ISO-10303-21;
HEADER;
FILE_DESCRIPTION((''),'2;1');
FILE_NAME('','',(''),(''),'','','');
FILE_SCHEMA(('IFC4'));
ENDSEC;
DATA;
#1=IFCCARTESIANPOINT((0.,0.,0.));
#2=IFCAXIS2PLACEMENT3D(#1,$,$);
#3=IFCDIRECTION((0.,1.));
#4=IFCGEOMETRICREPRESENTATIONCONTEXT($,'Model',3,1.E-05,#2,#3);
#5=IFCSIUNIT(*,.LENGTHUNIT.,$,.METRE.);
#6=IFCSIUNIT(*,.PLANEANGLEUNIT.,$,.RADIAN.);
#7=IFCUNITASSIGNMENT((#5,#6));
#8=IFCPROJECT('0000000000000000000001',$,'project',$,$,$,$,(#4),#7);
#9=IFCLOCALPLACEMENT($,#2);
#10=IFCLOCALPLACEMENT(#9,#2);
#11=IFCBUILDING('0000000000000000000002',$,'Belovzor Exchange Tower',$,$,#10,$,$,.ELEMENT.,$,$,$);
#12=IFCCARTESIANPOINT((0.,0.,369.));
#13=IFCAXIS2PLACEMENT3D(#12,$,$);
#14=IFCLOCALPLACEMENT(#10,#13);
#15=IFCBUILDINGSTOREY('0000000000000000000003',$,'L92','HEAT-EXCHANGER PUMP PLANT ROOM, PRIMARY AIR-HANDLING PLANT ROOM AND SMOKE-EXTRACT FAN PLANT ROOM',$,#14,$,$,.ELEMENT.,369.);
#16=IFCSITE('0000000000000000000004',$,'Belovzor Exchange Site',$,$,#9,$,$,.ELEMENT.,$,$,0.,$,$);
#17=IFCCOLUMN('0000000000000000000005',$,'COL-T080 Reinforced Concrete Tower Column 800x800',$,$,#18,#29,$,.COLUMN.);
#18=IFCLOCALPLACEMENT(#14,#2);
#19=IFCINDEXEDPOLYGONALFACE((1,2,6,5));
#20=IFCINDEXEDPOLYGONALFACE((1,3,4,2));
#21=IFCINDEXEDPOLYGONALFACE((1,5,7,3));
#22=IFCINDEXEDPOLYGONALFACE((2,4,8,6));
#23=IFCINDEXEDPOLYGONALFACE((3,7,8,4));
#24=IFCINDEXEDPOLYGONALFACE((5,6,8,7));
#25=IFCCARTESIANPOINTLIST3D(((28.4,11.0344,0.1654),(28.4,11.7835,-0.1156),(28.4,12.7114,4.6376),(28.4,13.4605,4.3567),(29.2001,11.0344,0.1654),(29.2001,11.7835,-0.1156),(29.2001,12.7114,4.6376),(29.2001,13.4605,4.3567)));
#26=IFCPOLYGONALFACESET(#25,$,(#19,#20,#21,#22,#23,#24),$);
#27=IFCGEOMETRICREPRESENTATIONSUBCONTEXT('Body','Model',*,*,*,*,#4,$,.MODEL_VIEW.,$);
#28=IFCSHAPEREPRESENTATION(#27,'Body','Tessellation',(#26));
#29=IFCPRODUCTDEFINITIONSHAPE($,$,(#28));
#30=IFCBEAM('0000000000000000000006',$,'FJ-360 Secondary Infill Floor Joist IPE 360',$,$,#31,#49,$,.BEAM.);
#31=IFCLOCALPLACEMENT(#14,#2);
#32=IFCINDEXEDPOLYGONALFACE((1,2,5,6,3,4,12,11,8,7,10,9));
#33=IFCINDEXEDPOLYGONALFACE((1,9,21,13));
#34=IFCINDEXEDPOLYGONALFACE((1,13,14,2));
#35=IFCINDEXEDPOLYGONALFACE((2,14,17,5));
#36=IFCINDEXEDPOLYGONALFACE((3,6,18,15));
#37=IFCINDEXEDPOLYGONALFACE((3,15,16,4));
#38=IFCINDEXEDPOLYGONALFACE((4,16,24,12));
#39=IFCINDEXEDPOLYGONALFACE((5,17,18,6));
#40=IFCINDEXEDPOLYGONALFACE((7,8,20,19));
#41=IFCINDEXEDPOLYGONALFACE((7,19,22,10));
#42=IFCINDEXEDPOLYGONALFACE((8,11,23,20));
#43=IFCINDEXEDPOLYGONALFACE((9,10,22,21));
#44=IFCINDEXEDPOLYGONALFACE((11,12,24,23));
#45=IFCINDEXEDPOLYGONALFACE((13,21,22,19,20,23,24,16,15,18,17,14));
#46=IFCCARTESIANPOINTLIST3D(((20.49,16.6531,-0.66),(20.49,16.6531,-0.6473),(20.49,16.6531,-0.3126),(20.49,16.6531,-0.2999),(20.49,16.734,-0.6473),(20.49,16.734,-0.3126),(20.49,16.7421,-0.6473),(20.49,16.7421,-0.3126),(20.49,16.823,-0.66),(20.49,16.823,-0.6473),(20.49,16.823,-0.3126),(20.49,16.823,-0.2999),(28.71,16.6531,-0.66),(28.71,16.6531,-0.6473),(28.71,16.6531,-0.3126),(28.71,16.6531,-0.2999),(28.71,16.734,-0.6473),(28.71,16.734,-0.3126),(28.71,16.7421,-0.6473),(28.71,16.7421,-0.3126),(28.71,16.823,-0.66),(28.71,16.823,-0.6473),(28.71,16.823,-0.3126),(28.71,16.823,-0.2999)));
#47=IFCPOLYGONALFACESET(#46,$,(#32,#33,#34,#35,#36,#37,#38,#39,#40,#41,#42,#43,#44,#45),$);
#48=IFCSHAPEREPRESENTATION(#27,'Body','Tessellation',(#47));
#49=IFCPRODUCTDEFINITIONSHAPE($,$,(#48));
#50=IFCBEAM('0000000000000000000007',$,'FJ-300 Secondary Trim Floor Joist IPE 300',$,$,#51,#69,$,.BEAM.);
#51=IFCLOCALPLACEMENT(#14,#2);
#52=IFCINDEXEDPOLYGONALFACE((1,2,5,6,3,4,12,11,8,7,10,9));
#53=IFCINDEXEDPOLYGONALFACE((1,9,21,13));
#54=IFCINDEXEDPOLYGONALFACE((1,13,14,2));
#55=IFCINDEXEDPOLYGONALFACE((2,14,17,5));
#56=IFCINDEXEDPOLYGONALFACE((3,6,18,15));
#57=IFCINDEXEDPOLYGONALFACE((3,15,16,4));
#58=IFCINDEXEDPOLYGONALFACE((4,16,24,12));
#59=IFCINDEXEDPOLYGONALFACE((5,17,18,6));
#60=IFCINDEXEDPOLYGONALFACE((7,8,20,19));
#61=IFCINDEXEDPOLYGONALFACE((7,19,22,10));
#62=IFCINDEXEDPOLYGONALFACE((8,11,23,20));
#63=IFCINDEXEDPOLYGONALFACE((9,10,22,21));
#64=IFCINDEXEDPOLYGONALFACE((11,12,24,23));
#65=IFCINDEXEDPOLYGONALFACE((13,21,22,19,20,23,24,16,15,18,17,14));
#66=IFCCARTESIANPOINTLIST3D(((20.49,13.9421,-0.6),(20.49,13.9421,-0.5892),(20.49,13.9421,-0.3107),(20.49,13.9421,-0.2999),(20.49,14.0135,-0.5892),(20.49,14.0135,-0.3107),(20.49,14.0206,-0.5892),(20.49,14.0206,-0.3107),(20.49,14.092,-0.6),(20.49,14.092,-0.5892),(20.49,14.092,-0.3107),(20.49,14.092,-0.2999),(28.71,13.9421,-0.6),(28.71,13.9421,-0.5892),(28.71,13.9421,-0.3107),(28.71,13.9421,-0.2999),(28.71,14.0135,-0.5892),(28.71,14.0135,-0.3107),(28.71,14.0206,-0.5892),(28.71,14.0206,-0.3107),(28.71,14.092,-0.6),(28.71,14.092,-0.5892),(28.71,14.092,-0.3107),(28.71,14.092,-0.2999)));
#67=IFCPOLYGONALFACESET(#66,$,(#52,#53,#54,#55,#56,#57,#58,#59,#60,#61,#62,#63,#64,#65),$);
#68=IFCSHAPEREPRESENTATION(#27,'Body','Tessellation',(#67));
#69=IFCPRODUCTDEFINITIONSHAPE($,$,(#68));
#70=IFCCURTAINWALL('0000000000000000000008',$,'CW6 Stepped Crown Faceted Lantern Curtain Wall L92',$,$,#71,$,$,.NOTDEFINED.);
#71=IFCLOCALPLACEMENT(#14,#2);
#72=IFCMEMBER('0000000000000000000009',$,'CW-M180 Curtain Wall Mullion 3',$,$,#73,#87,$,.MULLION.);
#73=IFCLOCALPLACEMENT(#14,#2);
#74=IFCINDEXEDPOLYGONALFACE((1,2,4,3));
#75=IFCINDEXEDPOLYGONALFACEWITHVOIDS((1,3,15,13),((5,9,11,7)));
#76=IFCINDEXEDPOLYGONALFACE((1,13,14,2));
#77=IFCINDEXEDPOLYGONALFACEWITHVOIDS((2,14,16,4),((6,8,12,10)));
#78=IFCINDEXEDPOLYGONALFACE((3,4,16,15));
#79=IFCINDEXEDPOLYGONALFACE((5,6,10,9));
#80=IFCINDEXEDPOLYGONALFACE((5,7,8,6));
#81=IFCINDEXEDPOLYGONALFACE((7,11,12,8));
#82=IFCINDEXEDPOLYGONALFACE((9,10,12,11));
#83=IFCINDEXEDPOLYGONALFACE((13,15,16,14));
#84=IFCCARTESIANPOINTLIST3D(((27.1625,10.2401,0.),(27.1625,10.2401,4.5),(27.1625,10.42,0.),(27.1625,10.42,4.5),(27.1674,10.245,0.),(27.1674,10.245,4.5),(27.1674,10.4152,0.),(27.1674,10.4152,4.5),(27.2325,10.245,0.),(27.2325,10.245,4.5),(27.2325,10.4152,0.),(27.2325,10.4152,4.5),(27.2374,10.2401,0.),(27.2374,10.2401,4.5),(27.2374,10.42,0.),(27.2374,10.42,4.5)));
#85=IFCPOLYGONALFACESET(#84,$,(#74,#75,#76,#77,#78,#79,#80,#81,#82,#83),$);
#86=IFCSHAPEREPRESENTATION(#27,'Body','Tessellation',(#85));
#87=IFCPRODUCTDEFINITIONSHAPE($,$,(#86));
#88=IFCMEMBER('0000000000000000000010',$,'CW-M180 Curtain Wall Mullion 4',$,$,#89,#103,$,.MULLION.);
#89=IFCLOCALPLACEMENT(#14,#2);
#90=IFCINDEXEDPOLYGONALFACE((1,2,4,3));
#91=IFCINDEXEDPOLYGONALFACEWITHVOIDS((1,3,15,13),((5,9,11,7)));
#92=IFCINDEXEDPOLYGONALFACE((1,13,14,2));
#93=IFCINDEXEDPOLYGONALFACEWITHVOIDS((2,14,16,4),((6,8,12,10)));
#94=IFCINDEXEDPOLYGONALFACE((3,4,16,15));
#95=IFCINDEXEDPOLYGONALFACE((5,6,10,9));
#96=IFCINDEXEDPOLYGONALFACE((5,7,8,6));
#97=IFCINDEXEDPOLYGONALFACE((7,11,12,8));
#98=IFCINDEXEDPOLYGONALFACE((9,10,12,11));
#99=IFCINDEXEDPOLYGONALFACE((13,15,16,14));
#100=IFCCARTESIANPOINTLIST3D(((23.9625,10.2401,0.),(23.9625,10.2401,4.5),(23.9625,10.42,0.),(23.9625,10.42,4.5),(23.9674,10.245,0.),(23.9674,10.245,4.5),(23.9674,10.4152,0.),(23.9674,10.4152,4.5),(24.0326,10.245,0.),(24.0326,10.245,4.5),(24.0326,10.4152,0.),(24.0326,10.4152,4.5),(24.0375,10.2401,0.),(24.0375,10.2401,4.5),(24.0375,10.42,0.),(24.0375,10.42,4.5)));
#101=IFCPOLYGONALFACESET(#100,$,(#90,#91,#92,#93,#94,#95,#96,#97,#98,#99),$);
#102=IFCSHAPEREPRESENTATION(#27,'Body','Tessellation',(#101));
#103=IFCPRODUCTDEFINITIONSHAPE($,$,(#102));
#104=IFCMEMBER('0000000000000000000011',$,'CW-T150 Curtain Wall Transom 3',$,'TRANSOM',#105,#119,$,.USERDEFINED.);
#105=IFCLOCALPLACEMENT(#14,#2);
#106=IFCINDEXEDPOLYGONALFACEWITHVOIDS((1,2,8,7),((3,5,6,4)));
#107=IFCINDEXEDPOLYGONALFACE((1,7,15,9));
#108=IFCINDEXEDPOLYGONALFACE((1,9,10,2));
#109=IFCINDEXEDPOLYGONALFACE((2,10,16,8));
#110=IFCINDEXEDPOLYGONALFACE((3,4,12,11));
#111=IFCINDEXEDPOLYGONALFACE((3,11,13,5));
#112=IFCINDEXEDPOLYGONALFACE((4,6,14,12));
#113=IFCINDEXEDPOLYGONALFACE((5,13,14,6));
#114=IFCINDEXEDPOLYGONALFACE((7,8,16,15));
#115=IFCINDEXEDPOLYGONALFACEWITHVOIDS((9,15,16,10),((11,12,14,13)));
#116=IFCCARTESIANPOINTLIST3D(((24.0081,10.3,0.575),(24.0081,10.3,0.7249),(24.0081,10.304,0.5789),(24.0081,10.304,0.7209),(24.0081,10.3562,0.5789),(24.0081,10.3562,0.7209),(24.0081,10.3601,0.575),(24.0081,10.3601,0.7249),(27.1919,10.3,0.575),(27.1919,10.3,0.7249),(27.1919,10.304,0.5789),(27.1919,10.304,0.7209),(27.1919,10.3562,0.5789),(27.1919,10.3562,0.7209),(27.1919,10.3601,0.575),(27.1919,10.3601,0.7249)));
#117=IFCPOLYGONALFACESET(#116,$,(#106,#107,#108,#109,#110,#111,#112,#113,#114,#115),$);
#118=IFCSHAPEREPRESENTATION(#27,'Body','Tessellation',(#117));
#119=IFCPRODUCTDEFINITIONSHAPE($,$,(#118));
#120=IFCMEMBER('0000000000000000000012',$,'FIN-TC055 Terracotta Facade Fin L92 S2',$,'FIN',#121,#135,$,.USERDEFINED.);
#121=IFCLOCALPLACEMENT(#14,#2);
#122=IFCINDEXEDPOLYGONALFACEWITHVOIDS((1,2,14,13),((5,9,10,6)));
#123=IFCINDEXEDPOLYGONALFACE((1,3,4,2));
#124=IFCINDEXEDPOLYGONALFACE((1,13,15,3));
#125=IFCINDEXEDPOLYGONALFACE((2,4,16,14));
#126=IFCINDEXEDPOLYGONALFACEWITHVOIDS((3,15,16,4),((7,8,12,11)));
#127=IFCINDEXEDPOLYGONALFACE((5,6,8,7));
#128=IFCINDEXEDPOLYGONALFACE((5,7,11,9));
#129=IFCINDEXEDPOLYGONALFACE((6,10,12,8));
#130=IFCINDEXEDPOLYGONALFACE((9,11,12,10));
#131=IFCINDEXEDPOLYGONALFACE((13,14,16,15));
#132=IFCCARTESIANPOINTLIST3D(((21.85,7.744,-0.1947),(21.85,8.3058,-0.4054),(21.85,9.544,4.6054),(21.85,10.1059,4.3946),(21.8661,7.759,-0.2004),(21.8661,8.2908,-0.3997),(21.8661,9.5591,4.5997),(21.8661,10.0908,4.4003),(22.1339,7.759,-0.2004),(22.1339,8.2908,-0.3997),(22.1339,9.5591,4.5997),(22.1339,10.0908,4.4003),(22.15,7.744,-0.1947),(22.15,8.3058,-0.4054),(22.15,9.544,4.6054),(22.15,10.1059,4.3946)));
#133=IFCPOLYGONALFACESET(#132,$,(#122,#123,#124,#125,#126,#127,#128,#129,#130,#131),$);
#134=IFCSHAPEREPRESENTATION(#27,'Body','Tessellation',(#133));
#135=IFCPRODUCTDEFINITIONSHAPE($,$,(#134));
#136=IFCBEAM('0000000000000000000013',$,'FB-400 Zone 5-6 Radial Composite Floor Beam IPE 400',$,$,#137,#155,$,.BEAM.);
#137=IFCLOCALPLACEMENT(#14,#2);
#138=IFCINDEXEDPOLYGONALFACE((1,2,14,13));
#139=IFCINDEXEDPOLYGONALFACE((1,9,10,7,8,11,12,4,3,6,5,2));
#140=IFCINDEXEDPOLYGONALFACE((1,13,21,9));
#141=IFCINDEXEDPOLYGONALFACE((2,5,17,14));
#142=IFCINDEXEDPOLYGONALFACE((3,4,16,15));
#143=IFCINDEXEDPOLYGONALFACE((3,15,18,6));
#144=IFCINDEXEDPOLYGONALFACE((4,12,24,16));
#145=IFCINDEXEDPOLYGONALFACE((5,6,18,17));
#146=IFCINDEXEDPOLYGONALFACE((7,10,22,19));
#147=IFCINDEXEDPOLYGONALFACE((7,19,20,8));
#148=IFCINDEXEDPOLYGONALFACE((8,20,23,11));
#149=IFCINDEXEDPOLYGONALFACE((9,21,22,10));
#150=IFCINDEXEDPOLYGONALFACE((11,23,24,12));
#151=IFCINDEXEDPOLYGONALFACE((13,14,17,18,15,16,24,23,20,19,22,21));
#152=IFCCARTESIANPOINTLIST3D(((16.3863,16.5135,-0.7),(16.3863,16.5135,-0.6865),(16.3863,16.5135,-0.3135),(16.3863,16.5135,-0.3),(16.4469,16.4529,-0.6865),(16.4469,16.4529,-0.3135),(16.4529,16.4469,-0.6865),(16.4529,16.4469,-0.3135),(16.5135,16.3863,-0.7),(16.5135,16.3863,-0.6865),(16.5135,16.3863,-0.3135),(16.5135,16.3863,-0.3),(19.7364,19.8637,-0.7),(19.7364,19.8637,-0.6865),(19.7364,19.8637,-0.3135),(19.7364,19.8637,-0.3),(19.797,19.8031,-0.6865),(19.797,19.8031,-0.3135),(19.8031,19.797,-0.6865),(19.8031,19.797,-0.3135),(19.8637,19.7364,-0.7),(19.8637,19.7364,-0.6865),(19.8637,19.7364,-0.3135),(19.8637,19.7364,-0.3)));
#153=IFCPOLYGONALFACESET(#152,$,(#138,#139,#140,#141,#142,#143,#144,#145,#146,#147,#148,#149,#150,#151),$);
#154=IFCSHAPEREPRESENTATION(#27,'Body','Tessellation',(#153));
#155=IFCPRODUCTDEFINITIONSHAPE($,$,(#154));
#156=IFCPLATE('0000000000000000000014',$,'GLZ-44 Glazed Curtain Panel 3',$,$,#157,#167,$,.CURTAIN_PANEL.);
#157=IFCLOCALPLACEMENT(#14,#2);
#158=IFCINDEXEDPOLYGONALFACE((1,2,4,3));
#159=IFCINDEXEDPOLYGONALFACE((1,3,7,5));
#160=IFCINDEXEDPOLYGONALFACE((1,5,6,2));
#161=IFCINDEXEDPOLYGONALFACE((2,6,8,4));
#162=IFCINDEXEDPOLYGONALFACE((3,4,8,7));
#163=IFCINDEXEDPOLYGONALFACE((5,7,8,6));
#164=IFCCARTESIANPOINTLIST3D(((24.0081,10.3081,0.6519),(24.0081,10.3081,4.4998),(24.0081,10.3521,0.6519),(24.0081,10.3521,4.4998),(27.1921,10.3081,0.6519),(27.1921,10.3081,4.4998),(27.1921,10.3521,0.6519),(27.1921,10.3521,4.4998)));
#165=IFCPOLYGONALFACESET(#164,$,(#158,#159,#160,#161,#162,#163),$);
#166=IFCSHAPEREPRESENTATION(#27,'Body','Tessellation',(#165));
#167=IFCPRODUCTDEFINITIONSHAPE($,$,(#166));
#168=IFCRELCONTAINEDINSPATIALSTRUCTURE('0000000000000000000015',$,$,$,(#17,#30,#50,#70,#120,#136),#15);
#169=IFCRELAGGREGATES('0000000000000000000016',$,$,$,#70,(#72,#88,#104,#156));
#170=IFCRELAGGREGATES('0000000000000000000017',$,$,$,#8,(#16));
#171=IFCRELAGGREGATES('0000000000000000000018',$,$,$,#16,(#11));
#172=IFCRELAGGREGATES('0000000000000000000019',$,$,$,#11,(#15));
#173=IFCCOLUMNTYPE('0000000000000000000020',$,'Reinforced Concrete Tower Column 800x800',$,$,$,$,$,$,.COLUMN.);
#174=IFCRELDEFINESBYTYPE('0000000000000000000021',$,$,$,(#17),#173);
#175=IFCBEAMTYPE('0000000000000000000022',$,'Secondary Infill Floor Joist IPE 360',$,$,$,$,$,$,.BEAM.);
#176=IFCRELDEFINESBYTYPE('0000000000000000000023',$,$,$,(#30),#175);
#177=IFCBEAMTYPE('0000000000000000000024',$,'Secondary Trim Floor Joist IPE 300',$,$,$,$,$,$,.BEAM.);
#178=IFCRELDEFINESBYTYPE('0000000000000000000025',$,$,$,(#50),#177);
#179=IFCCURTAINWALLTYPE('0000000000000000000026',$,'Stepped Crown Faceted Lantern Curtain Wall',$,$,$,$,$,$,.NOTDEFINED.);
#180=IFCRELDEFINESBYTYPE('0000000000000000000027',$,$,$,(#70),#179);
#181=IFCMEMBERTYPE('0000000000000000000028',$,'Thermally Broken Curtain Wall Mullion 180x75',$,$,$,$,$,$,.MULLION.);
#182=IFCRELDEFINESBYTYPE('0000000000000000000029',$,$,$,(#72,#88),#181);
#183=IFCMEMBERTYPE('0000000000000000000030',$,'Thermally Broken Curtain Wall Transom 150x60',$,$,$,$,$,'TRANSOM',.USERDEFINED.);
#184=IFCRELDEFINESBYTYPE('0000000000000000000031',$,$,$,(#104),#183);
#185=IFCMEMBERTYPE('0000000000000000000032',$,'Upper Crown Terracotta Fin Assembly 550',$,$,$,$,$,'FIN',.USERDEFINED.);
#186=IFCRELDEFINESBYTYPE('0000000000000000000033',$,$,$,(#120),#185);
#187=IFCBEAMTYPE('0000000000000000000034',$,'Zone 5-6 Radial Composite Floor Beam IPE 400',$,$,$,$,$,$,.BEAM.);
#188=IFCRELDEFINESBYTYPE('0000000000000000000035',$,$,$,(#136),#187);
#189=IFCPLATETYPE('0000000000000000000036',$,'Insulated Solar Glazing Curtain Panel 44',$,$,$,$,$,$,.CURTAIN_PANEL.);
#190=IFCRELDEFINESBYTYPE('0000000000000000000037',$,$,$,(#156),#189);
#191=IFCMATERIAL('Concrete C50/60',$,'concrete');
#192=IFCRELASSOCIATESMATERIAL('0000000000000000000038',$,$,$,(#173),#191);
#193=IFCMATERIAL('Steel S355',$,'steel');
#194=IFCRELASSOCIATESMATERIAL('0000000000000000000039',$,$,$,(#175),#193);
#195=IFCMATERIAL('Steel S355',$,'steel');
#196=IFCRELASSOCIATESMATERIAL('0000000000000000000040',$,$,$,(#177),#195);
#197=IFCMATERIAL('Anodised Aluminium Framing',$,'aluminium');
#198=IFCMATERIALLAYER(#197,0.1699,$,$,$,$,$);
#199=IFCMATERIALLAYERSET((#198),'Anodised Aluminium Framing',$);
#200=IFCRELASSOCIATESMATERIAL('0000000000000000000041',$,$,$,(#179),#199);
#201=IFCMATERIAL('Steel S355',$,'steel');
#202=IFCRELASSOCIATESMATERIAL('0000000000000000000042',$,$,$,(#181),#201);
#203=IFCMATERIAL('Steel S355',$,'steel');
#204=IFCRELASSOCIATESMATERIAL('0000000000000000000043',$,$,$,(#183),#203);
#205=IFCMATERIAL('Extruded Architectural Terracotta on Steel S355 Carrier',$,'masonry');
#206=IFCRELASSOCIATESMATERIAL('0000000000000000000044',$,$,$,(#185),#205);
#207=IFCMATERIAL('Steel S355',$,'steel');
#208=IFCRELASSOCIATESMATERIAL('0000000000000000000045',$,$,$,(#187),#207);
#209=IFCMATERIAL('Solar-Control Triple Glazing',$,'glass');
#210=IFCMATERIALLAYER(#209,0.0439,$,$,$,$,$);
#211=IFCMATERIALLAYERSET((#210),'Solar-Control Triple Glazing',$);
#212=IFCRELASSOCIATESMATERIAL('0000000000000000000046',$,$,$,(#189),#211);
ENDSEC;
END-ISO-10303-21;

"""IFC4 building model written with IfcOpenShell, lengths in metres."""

from ifc_helpers import new_model, si_unit, direction, frame, origin, origin_2d, place, context, subcontext, project, spatial, rectangle, hollow_rectangle, i_section, extrude, material, layer, layer_set, material_profile, profile_set, type_object, element, aggregate, save


model = new_model("IFC4")

# Units and contexts
model_context = context("Model", 3, precision=1e-05, world=origin(), true_north=direction((0.0, 1.0)))
body_context = subcontext(model_context, "Body", "Model", "MODEL_VIEW")
ifc_project = project(units=[si_unit("LENGTHUNIT", "METRE"), si_unit("PLANEANGLEUNIT", "RADIAN")], contexts=[model_context])

# Site, building, storey
site_placement = place(None, origin())
site = spatial("IfcSite", under=ifc_project, at=site_placement, Name="Belovzor Exchange Site", CompositionType="ELEMENT", RefElevation=0.0)
building_placement = place(site_placement, origin())
building = spatial("IfcBuilding", under=site, at=building_placement, Name="Belovzor Exchange Tower", CompositionType="ELEMENT")
storey_placement = place(building_placement, frame((0.0, 0.0, 369.0)))
storey = spatial("IfcBuildingStorey", under=building, at=storey_placement, Name="L92", Description="HEAT-EXCHANGER PUMP PLANT ROOM, PRIMARY AIR-HANDLING PLANT ROOM AND SMOKE-EXTRACT FAN PLANT ROOM", CompositionType="ELEMENT", Elevation=369.0)

# Column
ifc_material_1 = material(Name="Concrete C50/60", Category="concrete")
ifc_material_profile_1 = material_profile(ifc_material_1, rectangle(XDim=0.8, YDim=0.8, at=origin_2d()))
ifc_profile_set_1 = profile_set([ifc_material_profile_1], Name="Concrete C50/60")
column_type = type_object("IfcColumnType", Name="Reinforced Concrete Tower Column 800x800", PredefinedType="COLUMN", material=ifc_profile_set_1)
column_placement = place(storey_placement, frame((28.8, 11.4089, 0.0249), z_axis=(0.0, 0.351112, 0.936333), x_axis=(-1.0, 0.0, 0.0)))
element("IfcColumn", 1, at=column_placement, inside=storey, type_object=column_type, Name="COL-T080 Reinforced Concrete Tower Column 800x800", PredefinedType="COLUMN", context=body_context, shape_type="SweptSolid", body=[
    extrude(rectangle(XDim=0.8, YDim=0.8, at=origin_2d()), origin(), (0.0, 0.0, 1.0), 4.7764),
])

# Beams
ifc_material_2 = material(Name="Steel S355", Category="steel")
ifc_material_profile_2 = material_profile(ifc_material_2, i_section(OverallWidth=0.1699, OverallDepth=0.3601, WebThickness=0.0081, FlangeThickness=0.0127, at=origin_2d()))
ifc_profile_set_2 = profile_set([ifc_material_profile_2], Name="Steel S355")
beam_type_1 = type_object("IfcBeamType", Name="Secondary Infill Floor Joist IPE 360", PredefinedType="BEAM", material=ifc_profile_set_2)
beam_1_placement = place(storey_placement, frame((20.49, 16.738, -0.48), z_axis=(1.0, 0.0, 0.0), x_axis=(0.0, 1.0, 0.0)))
element("IfcBeam", 2, at=beam_1_placement, inside=storey, type_object=beam_type_1, Name="FJ-360 Secondary Infill Floor Joist IPE 360", PredefinedType="BEAM", context=body_context, shape_type="SweptSolid", body=[
    extrude(i_section(OverallWidth=0.1699, OverallDepth=0.3601, WebThickness=0.0081, FlangeThickness=0.0127, at=origin_2d()), origin(), (0.0, 0.0, 1.0), 8.22),
])
ifc_material_3 = material(Name="Steel S355", Category="steel")
ifc_material_profile_3 = material_profile(ifc_material_3, i_section(OverallWidth=0.1499, OverallDepth=0.3, WebThickness=0.0071, FlangeThickness=0.0107, at=origin_2d()))
ifc_profile_set_3 = profile_set([ifc_material_profile_3], Name="Steel S355")
beam_type_2 = type_object("IfcBeamType", Name="Secondary Trim Floor Joist IPE 300", PredefinedType="BEAM", material=ifc_profile_set_3)
beam_2_placement = place(storey_placement, frame((20.49, 14.0171, -0.45), z_axis=(1.0, 0.0, 0.0), x_axis=(0.0, 1.0, 0.0)))
element("IfcBeam", 3, at=beam_2_placement, inside=storey, type_object=beam_type_2, Name="FJ-300 Secondary Trim Floor Joist IPE 300", PredefinedType="BEAM", context=body_context, shape_type="SweptSolid", body=[
    extrude(i_section(OverallWidth=0.1499, OverallDepth=0.3, WebThickness=0.0071, FlangeThickness=0.0107, at=origin_2d()), origin(), (0.0, 0.0, 1.0), 8.22),
])

# Curtain wall, members
ifc_material_4 = material(Name="Anodised Aluminium Framing", Category="aluminium")
ifc_layer_1 = layer(ifc_material_4, 0.1699)
ifc_layer_set_1 = layer_set([ifc_layer_1], Name="Anodised Aluminium Framing")
curtain_wall_type = type_object("IfcCurtainWallType", Name="Stepped Crown Faceted Lantern Curtain Wall", PredefinedType="NOTDEFINED", material=ifc_layer_set_1)
curtain_wall_placement = place(storey_placement, origin())
curtain_wall = element("IfcCurtainWall", 4, at=curtain_wall_placement, inside=storey, type_object=curtain_wall_type, Name="CW6 Stepped Crown Faceted Lantern Curtain Wall L92", PredefinedType="NOTDEFINED")
ifc_material_5 = material(Name="Steel S355", Category="steel")
ifc_material_profile_4 = material_profile(ifc_material_5, hollow_rectangle(XDim=0.075, YDim=0.1799, WallThickness=0.0049, at=origin_2d()))
ifc_profile_set_4 = profile_set([ifc_material_profile_4], Name="Steel S355")
member_type_1 = type_object("IfcMemberType", Name="Thermally Broken Curtain Wall Mullion 180x75", PredefinedType="MULLION", material=ifc_profile_set_4)
member_1_placement = place(storey_placement, frame((27.2, 10.3301, 0.0), z_axis=(0.0, 0.0, 1.0), x_axis=(-1.0, 0.0, 0.0)))
member_1 = element("IfcMember", 5, at=member_1_placement, type_object=member_type_1, Name="CW-M180 Curtain Wall Mullion 3", PredefinedType="MULLION", context=body_context, shape_type="SweptSolid", body=[
    extrude(hollow_rectangle(XDim=0.075, YDim=0.1799, WallThickness=0.0049, at=origin_2d()), origin(), (0.0, 0.0, 1.0), 4.5),
])
member_2_placement = place(storey_placement, frame((24.0, 10.3301, 0.0), z_axis=(0.0, 0.0, 1.0), x_axis=(-1.0, 0.0, 0.0)))
member_2 = element("IfcMember", 6, at=member_2_placement, type_object=member_type_1, Name="CW-M180 Curtain Wall Mullion 4", PredefinedType="MULLION", context=body_context, shape_type="SweptSolid", body=[
    extrude(hollow_rectangle(XDim=0.075, YDim=0.1799, WallThickness=0.0049, at=origin_2d()), origin(), (0.0, 0.0, 1.0), 4.5),
])
ifc_material_6 = material(Name="Steel S355", Category="steel")
ifc_material_profile_5 = material_profile(ifc_material_6, hollow_rectangle(XDim=0.0601, YDim=0.1499, WallThickness=0.0039, at=origin_2d()))
ifc_profile_set_5 = profile_set([ifc_material_profile_5], Name="Steel S355")
member_type_2 = type_object("IfcMemberType", Name="Thermally Broken Curtain Wall Transom 150x60", ElementType="TRANSOM", PredefinedType="USERDEFINED", material=ifc_profile_set_5)
member_3_placement = place(storey_placement, frame((27.1919, 10.3301, 0.6499), z_axis=(-1.0, 0.0, 0.0), x_axis=(0.0, -1.0, 0.0)))
member_3 = element("IfcMember", 7, at=member_3_placement, type_object=member_type_2, Name="CW-T150 Curtain Wall Transom 3", ObjectType="TRANSOM", PredefinedType="USERDEFINED", context=body_context, shape_type="SweptSolid", body=[
    extrude(hollow_rectangle(XDim=0.0601, YDim=0.1499, WallThickness=0.0039, at=origin_2d()), origin(), (0.0, 0.0, 1.0), 3.1838),
])

# Member
ifc_material_7 = material(Name="Extruded Architectural Terracotta on Steel S355 Carrier", Category="masonry")
ifc_material_profile_6 = material_profile(ifc_material_7, hollow_rectangle(XDim=0.3, YDim=0.6001, WallThickness=0.0161, at=origin_2d()))
ifc_profile_set_6 = profile_set([ifc_material_profile_6], Name="Extruded Architectural Terracotta on Steel S355 Carrier")
member_type_3 = type_object("IfcMemberType", Name="Upper Crown Terracotta Fin Assembly 550", ElementType="FIN", PredefinedType="USERDEFINED", material=ifc_profile_set_6)
member_4_placement = place(storey_placement, frame((22.0, 8.0249, -0.3), z_axis=(0.0, 0.351129, 0.936327), x_axis=(-1.0, 0.0, 0.0)))
element("IfcMember", 8, at=member_4_placement, inside=storey, type_object=member_type_3, Name="FIN-TC055 Terracotta Facade Fin L92 S2", ObjectType="FIN", PredefinedType="USERDEFINED", context=body_context, shape_type="SweptSolid", body=[
    extrude(hollow_rectangle(XDim=0.3, YDim=0.6001, WallThickness=0.0161, at=origin_2d()), origin(), (0.0, 0.0, 1.0), 5.1265),
])

# Beam
ifc_material_8 = material(Name="Steel S355", Category="steel")
ifc_material_profile_7 = material_profile(ifc_material_8, i_section(OverallWidth=0.1799, OverallDepth=0.3999, WebThickness=0.0085, FlangeThickness=0.0134, at=origin_2d()))
ifc_profile_set_7 = profile_set([ifc_material_profile_7], Name="Steel S355")
beam_type_3 = type_object("IfcBeamType", Name="Zone 5-6 Radial Composite Floor Beam IPE 400", PredefinedType="BEAM", material=ifc_profile_set_7)
beam_3_placement = place(storey_placement, frame((19.8, 19.8, -0.5), z_axis=(-0.707107, -0.707107, 0.0), x_axis=(0.707107, -0.707107, 0.0)))
element("IfcBeam", 9, at=beam_3_placement, inside=storey, type_object=beam_type_3, Name="FB-400 Zone 5-6 Radial Composite Floor Beam IPE 400", PredefinedType="BEAM", context=body_context, shape_type="SweptSolid", body=[
    extrude(i_section(OverallWidth=0.1799, OverallDepth=0.3999, WebThickness=0.0085, FlangeThickness=0.0134, at=origin_2d()), origin(), (0.0, 0.0, 1.0), 4.7378),
])

# Plate
ifc_material_9 = material(Name="Solar-Control Triple Glazing", Category="glass")
ifc_layer_2 = layer(ifc_material_9, 0.0439)
ifc_layer_set_2 = layer_set([ifc_layer_2], Name="Solar-Control Triple Glazing")
plate_type_1 = type_object("IfcPlateType", Name="Insulated Solar Glazing Curtain Panel 44", PredefinedType="CURTAIN_PANEL", material=ifc_layer_set_2)
plate_1_placement = place(storey_placement, frame((25.6001, 10.3301, 0.6519), z_axis=(0.0, 0.0, 1.0), x_axis=(-1.0, 0.0, 0.0)))
plate_1 = element("IfcPlate", 10, at=plate_1_placement, type_object=plate_type_1, Name="GLZ-44 Glazed Curtain Panel 3", PredefinedType="CURTAIN_PANEL", context=body_context, shape_type="SweptSolid", body=[
    extrude(rectangle(XDim=3.1841, YDim=0.0439, at=origin_2d()), origin(), (0.0, 0.0, 1.0), 3.8479),
])
aggregate(curtain_wall, [member_1, member_2, member_3, plate_1])

save(model, "model.ifc")
